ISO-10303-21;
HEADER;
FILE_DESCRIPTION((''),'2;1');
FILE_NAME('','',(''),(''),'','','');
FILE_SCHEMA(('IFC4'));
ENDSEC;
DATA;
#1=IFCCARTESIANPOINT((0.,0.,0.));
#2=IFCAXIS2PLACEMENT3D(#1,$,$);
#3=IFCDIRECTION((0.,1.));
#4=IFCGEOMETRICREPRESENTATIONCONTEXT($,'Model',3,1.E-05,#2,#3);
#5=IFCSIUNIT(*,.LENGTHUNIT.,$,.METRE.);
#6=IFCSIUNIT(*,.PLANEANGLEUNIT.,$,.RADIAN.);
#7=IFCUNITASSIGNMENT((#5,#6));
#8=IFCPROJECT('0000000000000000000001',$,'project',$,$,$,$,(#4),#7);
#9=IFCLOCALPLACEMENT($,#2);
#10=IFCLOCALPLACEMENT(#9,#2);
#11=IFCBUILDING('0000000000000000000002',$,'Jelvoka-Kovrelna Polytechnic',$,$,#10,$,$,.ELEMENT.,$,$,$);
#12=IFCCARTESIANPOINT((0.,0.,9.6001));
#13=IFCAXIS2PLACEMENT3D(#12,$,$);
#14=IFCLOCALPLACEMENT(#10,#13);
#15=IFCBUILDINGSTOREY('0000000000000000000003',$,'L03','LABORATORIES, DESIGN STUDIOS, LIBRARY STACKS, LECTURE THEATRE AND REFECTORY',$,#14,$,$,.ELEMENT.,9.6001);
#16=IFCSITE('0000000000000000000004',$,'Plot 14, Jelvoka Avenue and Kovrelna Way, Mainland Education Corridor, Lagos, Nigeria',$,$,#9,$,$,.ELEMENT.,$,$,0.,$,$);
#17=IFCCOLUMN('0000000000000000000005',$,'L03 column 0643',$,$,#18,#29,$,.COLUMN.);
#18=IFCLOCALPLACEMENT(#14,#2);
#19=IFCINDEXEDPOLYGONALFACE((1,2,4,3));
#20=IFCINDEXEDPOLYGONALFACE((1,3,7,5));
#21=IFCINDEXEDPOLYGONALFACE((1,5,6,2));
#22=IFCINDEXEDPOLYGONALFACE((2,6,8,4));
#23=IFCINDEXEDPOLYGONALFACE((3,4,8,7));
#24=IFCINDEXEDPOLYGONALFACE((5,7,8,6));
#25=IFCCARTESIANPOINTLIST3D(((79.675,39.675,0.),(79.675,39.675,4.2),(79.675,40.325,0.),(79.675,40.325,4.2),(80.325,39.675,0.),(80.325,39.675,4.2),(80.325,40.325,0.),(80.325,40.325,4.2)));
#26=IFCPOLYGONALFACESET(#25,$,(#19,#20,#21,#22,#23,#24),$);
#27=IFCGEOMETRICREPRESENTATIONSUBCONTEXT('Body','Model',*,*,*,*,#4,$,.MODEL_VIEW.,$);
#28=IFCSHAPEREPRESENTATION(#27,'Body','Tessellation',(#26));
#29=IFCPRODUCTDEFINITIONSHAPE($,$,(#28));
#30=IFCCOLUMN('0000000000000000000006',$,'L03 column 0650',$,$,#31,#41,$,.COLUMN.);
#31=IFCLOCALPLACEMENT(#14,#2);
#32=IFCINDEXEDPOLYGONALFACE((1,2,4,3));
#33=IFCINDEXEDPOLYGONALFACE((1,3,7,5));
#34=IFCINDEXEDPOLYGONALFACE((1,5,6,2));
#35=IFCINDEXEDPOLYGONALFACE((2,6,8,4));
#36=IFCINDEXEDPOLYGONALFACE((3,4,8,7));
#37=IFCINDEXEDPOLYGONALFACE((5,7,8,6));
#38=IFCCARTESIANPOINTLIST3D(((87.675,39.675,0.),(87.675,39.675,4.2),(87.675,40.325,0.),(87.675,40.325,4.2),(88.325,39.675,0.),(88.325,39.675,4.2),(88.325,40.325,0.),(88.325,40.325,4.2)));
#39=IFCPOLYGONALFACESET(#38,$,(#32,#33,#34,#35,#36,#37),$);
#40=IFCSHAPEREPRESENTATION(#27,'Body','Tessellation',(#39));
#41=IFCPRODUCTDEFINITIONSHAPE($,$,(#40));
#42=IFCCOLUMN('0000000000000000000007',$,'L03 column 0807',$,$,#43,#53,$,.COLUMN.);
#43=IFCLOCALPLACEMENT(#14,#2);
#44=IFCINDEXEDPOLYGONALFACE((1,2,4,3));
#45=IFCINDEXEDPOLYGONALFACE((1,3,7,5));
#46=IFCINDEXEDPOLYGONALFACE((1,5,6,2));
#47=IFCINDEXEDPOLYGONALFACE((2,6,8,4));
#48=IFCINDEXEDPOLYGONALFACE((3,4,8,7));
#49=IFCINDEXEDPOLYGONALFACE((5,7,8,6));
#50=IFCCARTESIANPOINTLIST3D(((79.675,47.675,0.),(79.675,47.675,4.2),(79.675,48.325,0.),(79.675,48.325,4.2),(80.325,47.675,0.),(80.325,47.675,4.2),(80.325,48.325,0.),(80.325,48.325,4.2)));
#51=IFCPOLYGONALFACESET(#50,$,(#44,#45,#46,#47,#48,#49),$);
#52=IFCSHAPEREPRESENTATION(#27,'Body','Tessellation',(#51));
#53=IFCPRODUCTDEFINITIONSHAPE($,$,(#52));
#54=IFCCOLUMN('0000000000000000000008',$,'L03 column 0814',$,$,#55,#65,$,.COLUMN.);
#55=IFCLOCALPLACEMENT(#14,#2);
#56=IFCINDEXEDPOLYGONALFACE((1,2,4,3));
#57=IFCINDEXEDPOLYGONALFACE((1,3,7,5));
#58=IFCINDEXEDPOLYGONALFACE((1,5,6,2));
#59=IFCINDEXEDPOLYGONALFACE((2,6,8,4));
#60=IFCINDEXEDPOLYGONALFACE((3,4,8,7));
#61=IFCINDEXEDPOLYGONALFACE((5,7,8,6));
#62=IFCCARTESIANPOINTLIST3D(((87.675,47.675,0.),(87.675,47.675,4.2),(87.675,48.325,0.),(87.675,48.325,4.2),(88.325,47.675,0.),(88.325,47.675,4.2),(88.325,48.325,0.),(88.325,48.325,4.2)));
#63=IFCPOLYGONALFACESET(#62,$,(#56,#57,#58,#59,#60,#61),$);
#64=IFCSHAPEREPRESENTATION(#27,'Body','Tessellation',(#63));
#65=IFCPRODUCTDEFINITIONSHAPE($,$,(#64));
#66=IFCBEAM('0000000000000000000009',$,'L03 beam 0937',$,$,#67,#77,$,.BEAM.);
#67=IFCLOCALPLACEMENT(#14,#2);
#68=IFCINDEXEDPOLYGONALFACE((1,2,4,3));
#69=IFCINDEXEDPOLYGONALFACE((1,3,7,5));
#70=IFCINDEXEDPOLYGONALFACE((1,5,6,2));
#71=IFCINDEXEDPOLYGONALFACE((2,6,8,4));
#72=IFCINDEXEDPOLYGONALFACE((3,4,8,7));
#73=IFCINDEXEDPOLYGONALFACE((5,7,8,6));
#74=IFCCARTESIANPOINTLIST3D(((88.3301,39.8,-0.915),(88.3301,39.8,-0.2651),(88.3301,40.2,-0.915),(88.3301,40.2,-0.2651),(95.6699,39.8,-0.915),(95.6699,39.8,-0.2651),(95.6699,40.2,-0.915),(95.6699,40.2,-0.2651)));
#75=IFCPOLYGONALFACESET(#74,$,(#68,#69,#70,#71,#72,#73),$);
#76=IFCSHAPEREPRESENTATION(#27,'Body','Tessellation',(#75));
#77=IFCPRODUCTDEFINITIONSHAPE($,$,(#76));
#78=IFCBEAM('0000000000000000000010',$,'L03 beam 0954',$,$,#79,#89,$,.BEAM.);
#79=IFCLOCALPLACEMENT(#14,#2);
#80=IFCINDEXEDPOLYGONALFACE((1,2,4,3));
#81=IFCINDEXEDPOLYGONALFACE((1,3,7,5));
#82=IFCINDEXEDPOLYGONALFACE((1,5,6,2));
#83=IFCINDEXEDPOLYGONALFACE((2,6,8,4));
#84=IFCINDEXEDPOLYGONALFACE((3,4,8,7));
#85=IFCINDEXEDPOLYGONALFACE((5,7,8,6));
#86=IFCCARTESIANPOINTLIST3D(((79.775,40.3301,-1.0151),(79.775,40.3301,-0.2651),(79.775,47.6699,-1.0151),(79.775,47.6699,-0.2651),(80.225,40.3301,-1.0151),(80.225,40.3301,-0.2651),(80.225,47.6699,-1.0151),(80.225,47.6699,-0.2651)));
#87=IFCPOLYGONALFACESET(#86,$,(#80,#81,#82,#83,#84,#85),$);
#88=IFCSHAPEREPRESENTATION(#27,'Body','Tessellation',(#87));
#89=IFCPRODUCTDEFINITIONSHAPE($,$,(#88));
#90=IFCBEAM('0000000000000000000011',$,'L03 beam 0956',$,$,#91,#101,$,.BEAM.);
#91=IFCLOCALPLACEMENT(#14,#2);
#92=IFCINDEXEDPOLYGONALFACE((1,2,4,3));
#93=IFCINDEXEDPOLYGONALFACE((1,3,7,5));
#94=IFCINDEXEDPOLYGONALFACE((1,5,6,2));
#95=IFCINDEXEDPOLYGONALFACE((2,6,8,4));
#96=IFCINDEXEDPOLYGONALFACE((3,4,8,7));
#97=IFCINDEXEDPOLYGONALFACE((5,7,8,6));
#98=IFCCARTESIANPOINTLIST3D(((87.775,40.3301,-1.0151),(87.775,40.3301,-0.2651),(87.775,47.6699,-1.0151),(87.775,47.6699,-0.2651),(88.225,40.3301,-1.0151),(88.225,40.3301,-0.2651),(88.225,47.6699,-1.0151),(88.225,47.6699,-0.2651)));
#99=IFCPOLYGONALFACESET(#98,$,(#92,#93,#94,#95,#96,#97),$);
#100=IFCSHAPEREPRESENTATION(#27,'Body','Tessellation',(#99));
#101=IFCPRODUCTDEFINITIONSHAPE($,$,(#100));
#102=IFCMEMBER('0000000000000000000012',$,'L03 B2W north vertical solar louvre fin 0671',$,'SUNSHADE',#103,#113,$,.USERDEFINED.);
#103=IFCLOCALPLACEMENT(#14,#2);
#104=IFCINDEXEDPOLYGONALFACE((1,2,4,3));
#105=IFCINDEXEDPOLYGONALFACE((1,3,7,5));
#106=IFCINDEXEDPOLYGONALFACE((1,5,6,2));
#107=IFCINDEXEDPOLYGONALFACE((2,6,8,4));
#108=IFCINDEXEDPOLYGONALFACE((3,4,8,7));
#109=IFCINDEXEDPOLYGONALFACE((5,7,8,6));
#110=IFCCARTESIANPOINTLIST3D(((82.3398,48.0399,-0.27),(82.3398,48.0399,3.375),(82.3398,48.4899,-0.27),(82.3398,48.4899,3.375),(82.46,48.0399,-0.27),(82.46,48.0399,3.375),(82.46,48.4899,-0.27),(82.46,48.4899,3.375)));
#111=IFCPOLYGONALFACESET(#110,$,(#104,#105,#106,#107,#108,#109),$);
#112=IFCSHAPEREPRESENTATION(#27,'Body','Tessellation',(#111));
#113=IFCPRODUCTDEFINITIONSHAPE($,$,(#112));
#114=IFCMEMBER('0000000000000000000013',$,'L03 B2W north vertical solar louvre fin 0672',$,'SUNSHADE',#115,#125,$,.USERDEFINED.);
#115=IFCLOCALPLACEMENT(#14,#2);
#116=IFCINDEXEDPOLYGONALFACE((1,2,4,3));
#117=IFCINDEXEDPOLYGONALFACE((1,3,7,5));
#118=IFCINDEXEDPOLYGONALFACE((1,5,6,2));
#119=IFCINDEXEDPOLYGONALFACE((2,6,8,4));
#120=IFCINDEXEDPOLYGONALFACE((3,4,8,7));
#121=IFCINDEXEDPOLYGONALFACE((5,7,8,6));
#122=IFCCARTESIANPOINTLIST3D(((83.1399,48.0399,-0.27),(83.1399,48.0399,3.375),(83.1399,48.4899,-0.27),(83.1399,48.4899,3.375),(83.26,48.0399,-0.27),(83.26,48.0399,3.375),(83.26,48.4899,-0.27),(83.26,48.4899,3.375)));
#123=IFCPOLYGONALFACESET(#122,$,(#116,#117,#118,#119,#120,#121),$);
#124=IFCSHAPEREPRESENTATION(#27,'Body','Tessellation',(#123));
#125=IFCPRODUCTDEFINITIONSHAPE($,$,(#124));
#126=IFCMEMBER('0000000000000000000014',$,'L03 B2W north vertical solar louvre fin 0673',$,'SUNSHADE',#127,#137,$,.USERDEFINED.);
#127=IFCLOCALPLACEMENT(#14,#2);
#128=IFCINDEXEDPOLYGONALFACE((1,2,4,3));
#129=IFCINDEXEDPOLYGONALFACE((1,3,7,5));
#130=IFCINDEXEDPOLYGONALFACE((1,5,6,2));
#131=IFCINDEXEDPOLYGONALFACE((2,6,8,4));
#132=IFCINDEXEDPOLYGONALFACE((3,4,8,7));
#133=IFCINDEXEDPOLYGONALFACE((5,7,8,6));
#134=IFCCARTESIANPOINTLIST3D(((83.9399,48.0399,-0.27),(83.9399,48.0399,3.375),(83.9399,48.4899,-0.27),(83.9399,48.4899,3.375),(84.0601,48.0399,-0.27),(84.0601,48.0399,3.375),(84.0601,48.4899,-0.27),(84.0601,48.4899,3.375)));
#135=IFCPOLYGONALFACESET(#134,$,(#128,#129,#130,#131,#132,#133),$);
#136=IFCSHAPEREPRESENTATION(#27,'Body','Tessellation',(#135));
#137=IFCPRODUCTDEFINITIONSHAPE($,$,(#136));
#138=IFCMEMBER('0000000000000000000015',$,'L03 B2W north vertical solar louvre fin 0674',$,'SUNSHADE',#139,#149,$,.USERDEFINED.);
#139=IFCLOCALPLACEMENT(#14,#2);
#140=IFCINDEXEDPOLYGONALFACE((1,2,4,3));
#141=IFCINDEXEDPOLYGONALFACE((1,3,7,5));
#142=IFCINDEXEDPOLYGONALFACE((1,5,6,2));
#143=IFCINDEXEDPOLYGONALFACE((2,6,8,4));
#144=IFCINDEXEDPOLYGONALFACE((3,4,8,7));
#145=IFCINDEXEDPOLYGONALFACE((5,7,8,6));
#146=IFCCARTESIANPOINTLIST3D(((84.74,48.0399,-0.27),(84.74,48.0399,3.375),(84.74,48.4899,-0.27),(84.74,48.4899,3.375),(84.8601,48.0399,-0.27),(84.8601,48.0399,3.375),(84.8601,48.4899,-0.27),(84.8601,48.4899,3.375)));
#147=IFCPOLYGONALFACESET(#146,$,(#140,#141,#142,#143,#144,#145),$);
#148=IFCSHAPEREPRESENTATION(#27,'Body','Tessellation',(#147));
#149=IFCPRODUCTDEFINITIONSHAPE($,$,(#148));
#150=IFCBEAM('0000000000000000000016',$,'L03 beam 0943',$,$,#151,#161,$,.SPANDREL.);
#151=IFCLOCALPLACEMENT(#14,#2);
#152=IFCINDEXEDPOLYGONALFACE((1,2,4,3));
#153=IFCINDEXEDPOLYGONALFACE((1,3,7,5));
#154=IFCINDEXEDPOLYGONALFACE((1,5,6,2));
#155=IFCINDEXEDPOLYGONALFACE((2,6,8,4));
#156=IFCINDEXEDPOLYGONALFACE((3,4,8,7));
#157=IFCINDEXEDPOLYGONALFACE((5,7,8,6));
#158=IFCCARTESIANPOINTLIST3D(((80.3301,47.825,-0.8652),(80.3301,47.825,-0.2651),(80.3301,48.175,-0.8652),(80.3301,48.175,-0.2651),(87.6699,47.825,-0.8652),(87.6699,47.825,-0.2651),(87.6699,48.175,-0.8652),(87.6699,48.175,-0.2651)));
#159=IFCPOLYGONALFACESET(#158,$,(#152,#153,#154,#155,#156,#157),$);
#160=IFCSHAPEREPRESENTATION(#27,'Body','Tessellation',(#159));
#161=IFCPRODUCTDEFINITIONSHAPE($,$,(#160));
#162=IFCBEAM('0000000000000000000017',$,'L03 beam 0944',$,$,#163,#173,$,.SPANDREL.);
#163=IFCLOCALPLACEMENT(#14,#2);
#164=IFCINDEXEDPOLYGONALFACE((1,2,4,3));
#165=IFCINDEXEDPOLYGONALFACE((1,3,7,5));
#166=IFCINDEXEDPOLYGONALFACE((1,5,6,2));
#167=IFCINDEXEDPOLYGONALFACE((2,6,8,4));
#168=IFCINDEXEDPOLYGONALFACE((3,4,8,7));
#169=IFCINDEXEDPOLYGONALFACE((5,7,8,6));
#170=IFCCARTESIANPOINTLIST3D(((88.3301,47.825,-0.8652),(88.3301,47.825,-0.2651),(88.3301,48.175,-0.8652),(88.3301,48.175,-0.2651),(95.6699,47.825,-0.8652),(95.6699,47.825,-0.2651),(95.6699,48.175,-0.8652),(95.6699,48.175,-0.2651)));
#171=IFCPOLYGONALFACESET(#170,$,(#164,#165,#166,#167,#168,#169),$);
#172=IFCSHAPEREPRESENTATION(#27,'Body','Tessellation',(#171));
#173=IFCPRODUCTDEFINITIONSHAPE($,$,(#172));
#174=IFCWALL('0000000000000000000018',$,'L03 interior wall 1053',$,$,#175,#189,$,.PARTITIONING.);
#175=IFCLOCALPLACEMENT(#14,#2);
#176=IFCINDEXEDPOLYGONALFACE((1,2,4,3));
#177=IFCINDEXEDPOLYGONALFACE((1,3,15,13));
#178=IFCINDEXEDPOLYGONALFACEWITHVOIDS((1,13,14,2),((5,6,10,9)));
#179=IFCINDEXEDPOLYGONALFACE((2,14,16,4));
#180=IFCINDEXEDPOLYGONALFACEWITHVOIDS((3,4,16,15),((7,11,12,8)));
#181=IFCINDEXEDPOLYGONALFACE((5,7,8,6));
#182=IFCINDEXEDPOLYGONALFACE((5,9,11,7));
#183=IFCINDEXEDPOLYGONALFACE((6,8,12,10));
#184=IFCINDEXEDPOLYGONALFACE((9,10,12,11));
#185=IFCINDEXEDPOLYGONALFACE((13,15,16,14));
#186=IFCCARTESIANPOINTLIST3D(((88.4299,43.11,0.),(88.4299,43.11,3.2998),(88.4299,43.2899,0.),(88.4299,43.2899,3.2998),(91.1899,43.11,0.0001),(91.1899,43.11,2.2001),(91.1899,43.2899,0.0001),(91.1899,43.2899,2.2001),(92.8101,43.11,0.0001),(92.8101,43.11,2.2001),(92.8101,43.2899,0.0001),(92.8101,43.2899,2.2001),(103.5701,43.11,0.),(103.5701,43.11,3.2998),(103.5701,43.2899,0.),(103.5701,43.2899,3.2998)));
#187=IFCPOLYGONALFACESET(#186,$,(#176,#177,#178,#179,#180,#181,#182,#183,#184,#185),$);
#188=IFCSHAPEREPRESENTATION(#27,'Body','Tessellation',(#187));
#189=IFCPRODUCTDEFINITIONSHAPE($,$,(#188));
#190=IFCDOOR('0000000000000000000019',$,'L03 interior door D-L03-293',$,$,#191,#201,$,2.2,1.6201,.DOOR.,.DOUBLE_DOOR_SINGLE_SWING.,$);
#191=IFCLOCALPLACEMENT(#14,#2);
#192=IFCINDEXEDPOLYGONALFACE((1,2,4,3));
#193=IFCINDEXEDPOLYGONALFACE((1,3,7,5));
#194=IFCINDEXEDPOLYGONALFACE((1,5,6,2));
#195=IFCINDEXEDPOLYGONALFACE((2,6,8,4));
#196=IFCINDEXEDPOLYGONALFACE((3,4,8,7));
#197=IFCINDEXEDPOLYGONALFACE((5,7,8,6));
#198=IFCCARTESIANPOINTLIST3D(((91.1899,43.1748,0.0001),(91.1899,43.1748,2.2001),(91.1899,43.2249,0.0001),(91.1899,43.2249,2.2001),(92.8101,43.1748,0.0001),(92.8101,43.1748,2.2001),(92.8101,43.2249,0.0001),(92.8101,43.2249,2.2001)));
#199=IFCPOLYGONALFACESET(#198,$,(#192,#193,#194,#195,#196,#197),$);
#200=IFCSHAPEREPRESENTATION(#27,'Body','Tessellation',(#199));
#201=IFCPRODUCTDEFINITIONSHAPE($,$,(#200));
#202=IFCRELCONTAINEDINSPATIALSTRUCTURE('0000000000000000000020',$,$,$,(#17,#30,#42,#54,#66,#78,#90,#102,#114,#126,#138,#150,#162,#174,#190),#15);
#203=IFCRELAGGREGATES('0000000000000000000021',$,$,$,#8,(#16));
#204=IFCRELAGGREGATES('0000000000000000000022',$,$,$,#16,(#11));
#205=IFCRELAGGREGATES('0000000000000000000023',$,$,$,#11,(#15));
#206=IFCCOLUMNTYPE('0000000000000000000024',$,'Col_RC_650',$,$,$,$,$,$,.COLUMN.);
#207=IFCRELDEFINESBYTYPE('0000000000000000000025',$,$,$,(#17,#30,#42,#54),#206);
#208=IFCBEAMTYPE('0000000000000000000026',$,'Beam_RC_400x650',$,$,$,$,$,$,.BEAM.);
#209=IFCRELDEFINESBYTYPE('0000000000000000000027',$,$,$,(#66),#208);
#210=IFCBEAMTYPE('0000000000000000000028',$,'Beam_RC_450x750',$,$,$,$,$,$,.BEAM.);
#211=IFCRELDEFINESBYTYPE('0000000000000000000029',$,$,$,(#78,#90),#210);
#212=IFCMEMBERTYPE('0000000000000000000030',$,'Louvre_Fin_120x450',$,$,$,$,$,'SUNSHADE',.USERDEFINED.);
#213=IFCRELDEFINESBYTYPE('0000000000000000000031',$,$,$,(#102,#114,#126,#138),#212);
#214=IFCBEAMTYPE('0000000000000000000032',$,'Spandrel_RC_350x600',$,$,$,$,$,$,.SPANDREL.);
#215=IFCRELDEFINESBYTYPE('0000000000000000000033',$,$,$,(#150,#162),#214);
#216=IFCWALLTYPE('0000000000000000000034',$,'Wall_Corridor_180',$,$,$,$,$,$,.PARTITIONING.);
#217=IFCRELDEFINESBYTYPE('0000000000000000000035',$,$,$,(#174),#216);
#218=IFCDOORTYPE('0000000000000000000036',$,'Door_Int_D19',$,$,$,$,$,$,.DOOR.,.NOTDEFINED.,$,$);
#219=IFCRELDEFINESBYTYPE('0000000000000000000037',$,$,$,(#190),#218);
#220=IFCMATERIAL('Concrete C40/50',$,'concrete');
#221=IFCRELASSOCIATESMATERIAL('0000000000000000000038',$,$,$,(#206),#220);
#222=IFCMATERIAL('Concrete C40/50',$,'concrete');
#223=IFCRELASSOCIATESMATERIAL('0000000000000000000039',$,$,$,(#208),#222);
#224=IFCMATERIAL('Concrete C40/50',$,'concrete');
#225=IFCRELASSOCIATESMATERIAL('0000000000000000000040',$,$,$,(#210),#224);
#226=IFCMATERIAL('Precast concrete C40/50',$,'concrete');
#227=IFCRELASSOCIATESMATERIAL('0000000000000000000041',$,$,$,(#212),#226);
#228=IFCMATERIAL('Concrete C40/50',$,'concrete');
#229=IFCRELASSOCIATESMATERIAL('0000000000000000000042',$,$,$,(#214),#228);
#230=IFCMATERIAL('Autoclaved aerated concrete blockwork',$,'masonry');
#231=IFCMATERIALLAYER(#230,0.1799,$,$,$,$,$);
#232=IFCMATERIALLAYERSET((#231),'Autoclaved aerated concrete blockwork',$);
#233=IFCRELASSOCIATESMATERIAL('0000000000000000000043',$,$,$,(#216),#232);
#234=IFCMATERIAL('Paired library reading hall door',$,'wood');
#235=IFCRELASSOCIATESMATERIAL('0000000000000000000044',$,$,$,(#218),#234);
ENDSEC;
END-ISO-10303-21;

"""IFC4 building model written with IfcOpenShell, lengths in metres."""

from ifc_helpers import new_model, si_unit, direction, frame, frame_2d, origin, origin_2d, place, context, subcontext, project, spatial, rectangle, extrude, material, layer, layer_set, material_profile, profile_set, type_object, element, fill, save


model = new_model("IFC4")

# Units and contexts
model_context = context("Model", 3, precision=1e-05, world=origin(), true_north=direction((0.0, 1.0)))
body_context = subcontext(model_context, "Body", "Model", "MODEL_VIEW")
ifc_project = project(units=[si_unit("LENGTHUNIT", "METRE"), si_unit("PLANEANGLEUNIT", "RADIAN")], contexts=[model_context])

# Site, building, storey
site_placement = place(None, origin())
site = spatial("IfcSite", under=ifc_project, at=site_placement, Name="Plot 14, Jelvoka Avenue and Kovrelna Way, Mainland Education Corridor, Lagos, Nigeria", CompositionType="ELEMENT", RefElevation=0.0)
building_placement = place(site_placement, origin())
building = spatial("IfcBuilding", under=site, at=building_placement, Name="Jelvoka-Kovrelna Polytechnic", CompositionType="ELEMENT")
storey_placement = place(building_placement, frame((0.0, 0.0, 9.6001)))
storey = spatial("IfcBuildingStorey", under=building, at=storey_placement, Name="L03", Description="LABORATORIES, DESIGN STUDIOS, LIBRARY STACKS, LECTURE THEATRE AND REFECTORY", CompositionType="ELEMENT", Elevation=9.6001)

# Columns
ifc_material_1 = material(Name="Concrete C40/50", Category="concrete")
ifc_material_profile_1 = material_profile(ifc_material_1, rectangle(XDim=0.6499, YDim=0.6499, at=origin_2d()), Name="RC 650x650")
ifc_profile_set_1 = profile_set([ifc_material_profile_1], Name="Concrete C40/50")
column_type = type_object("IfcColumnType", Name="Col_RC_650", PredefinedType="COLUMN", material=ifc_profile_set_1)
for number, where, z_axis, x_axis, name in (
    (1, (80.0, 40.0, 0.0), (0.0, 0.0, 1.0), (1.0, 0.0, 0.0), "L03 column 0643"),
    (2, (88.0, 40.0, 0.0), (0.0, 0.0, 1.0), (1.0, 0.0, 0.0), "L03 column 0650"),
    (3, (80.0, 48.0, 0.0), (0.0, 0.0, 1.0), (1.0, 0.0, 0.0), "L03 column 0807"),
    (4, (88.0, 48.0, 0.0), (0.0, 0.0, 1.0), (1.0, 0.0, 0.0), "L03 column 0814"),
):
    element("IfcColumn", number, at=place(storey_placement, frame(where, z_axis=z_axis, x_axis=x_axis)), inside=storey, type_object=column_type, Name=name, PredefinedType="COLUMN", context=body_context, shape_type="SweptSolid", body=[
        extrude(rectangle(XDim=0.6499, YDim=0.6499, at=origin_2d()), origin(), (0.0, 0.0, 1.0), 4.2),
    ])

# Beams
ifc_material_2 = material(Name="Concrete C40/50", Category="concrete")
ifc_material_profile_2 = material_profile(ifc_material_2, rectangle(XDim=0.3999, YDim=0.6499, at=origin_2d()), Name="RC 400x650")
ifc_profile_set_2 = profile_set([ifc_material_profile_2], Name="Concrete C40/50")
beam_type_1 = type_object("IfcBeamType", Name="Beam_RC_400x650", PredefinedType="BEAM", material=ifc_profile_set_2)
beam_placement = place(storey_placement, frame((88.3301, 40.0, -0.5901), z_axis=(1.0, 0.0, 0.0), x_axis=(0.0, 1.0, 0.0)))
element("IfcBeam", 5, at=beam_placement, inside=storey, type_object=beam_type_1, Name="L03 beam 0937", PredefinedType="BEAM", context=body_context, shape_type="SweptSolid", body=[
    extrude(rectangle(XDim=0.3999, YDim=0.6499, at=origin_2d()), origin(), (0.0, 0.0, 1.0), 7.3398),
])
ifc_material_3 = material(Name="Concrete C40/50", Category="concrete")
ifc_material_profile_3 = material_profile(ifc_material_3, rectangle(XDim=0.45, YDim=0.75, at=origin_2d()), Name="RC 450x750")
ifc_profile_set_3 = profile_set([ifc_material_profile_3], Name="Concrete C40/50")
beam_type_2 = type_object("IfcBeamType", Name="Beam_RC_450x750", PredefinedType="BEAM", material=ifc_profile_set_3)
for number, where, z_axis, x_axis, name in (
    (6, (80.0, 40.3301, -0.6401), (0.0, 1.0, 0.0), (-1.0, 0.0, 0.0), "L03 beam 0954"),
    (7, (88.0, 40.3301, -0.6401), (0.0, 1.0, 0.0), (-1.0, 0.0, 0.0), "L03 beam 0956"),
):
    element("IfcBeam", number, at=place(storey_placement, frame(where, z_axis=z_axis, x_axis=x_axis)), inside=storey, type_object=beam_type_2, Name=name, PredefinedType="BEAM", context=body_context, shape_type="SweptSolid", body=[
        extrude(rectangle(XDim=0.45, YDim=0.75, at=origin_2d()), origin(), (0.0, 0.0, 1.0), 7.3398),
    ])

# Members
ifc_material_4 = material(Name="Precast concrete C40/50", Category="concrete")
ifc_material_profile_4 = material_profile(ifc_material_4, rectangle(XDim=0.1201, YDim=0.45, at=origin_2d()), Name="PC 120x450")
ifc_profile_set_4 = profile_set([ifc_material_profile_4], Name="Precast concrete C40/50")
member_type = type_object("IfcMemberType", Name="Louvre_Fin_120x450", ElementType="SUNSHADE", PredefinedType="USERDEFINED", material=ifc_profile_set_4)
for number, where, z_axis, x_axis, name in (
    (8, (82.3999, 48.2649, -0.27), (0.0, 0.0, 1.0), (1.0, 0.0, 0.0), "L03 B2W north vertical solar louvre fin 0671"),
    (9, (83.2, 48.2649, -0.27), (0.0, 0.0, 1.0), (1.0, 0.0, 0.0), "L03 B2W north vertical solar louvre fin 0672"),
    (10, (84.0, 48.2649, -0.27), (0.0, 0.0, 1.0), (1.0, 0.0, 0.0), "L03 B2W north vertical solar louvre fin 0673"),
    (11, (84.8, 48.2649, -0.27), (0.0, 0.0, 1.0), (1.0, 0.0, 0.0), "L03 B2W north vertical solar louvre fin 0674"),
):
    element("IfcMember", number, at=place(storey_placement, frame(where, z_axis=z_axis, x_axis=x_axis)), inside=storey, type_object=member_type, Name=name, ObjectType="SUNSHADE", PredefinedType="USERDEFINED", context=body_context, shape_type="SweptSolid", body=[
        extrude(rectangle(XDim=0.1201, YDim=0.45, at=origin_2d()), origin(), (0.0, 0.0, 1.0), 3.645),
    ])

# Beams
ifc_material_5 = material(Name="Concrete C40/50", Category="concrete")
ifc_material_profile_5 = material_profile(ifc_material_5, rectangle(XDim=0.3501, YDim=0.6001, at=origin_2d()), Name="RC 350x600")
ifc_profile_set_5 = profile_set([ifc_material_profile_5], Name="Concrete C40/50")
beam_type_3 = type_object("IfcBeamType", Name="Spandrel_RC_350x600", PredefinedType="SPANDREL", material=ifc_profile_set_5)
for number, where, z_axis, x_axis, name in (
    (12, (80.3301, 48.0, -0.5652), (1.0, 0.0, 0.0), (0.0, 1.0, 0.0), "L03 beam 0943"),
    (13, (88.3301, 48.0, -0.5652), (1.0, 0.0, 0.0), (0.0, 1.0, 0.0), "L03 beam 0944"),
):
    element("IfcBeam", number, at=place(storey_placement, frame(where, z_axis=z_axis, x_axis=x_axis)), inside=storey, type_object=beam_type_3, Name=name, PredefinedType="SPANDREL", context=body_context, shape_type="SweptSolid", body=[
        extrude(rectangle(XDim=0.3501, YDim=0.6001, at=origin_2d()), origin(), (0.0, 0.0, 1.0), 7.3398),
    ])

# Wall, opening, door
ifc_material_6 = material(Name="Autoclaved aerated concrete blockwork", Category="masonry")
ifc_layer_1 = layer(ifc_material_6, 0.1799)
ifc_layer_set_1 = layer_set([ifc_layer_1], Name="Autoclaved aerated concrete blockwork")
wall_type_1 = type_object("IfcWallType", Name="Wall_Corridor_180", PredefinedType="PARTITIONING", material=ifc_layer_set_1)
wall_1_placement = place(storey_placement, frame((88.4299, 43.2, 0.0), z_axis=(0.0, 0.0, 1.0), x_axis=(1.0, 0.0, 0.0)))
wall_1 = element("IfcWall", 14, at=wall_1_placement, inside=storey, type_object=wall_type_1, Name="L03 interior wall 1053", PredefinedType="PARTITIONING", context=body_context, shape_type="SweptSolid", body=[
    extrude(rectangle(XDim=15.1401, YDim=0.1799, at=frame_2d((7.5701, 0.0))), origin(), (0.0, 0.0, 1.0), 3.2998),
])
opening_1_placement = place(wall_1_placement, frame((2.76, 0.0, 0.0)))
opening_1 = element("IfcOpeningElement", 15, at=opening_1_placement, cuts=wall_1, PredefinedType="OPENING", context=body_context, shape_type="SweptSolid", body=[
    extrude(rectangle(XDim=1.6201, YDim=2.2, at=frame_2d((0.8101, 1.1001))), frame((0.0, 0.0999, 0.0), z_axis=(0.0, -1.0, 0.0), x_axis=(1.0, 0.0, 0.0)), (0.0, 0.0, 1.0), 0.2),
])
ifc_material_7 = material(Name="Paired library reading hall door", Category="wood")
door_type = type_object("IfcDoorType", Name="Door_Int_D19", OperationType="NOTDEFINED", PredefinedType="DOOR", material=ifc_material_7)
door_placement = place(opening_1_placement, origin())
door = element("IfcDoor", 16, at=door_placement, inside=storey, type_object=door_type, Name="L03 interior door D-L03-293", OperationType="DOUBLE_DOOR_SINGLE_SWING", OverallHeight=2.2, OverallWidth=1.6201, PredefinedType="DOOR", context=body_context, shape_type="SweptSolid", body=[
    extrude(rectangle(XDim=1.6201, YDim=2.2, at=frame_2d((0.8101, 1.1001))), frame((0.0, 0.0249, 0.0), z_axis=(0.0, -1.0, 0.0), x_axis=(1.0, 0.0, 0.0)), (0.0, 0.0, 1.0), 0.05),
])
fill(opening_1, door)

save(model, "model.ifc")
